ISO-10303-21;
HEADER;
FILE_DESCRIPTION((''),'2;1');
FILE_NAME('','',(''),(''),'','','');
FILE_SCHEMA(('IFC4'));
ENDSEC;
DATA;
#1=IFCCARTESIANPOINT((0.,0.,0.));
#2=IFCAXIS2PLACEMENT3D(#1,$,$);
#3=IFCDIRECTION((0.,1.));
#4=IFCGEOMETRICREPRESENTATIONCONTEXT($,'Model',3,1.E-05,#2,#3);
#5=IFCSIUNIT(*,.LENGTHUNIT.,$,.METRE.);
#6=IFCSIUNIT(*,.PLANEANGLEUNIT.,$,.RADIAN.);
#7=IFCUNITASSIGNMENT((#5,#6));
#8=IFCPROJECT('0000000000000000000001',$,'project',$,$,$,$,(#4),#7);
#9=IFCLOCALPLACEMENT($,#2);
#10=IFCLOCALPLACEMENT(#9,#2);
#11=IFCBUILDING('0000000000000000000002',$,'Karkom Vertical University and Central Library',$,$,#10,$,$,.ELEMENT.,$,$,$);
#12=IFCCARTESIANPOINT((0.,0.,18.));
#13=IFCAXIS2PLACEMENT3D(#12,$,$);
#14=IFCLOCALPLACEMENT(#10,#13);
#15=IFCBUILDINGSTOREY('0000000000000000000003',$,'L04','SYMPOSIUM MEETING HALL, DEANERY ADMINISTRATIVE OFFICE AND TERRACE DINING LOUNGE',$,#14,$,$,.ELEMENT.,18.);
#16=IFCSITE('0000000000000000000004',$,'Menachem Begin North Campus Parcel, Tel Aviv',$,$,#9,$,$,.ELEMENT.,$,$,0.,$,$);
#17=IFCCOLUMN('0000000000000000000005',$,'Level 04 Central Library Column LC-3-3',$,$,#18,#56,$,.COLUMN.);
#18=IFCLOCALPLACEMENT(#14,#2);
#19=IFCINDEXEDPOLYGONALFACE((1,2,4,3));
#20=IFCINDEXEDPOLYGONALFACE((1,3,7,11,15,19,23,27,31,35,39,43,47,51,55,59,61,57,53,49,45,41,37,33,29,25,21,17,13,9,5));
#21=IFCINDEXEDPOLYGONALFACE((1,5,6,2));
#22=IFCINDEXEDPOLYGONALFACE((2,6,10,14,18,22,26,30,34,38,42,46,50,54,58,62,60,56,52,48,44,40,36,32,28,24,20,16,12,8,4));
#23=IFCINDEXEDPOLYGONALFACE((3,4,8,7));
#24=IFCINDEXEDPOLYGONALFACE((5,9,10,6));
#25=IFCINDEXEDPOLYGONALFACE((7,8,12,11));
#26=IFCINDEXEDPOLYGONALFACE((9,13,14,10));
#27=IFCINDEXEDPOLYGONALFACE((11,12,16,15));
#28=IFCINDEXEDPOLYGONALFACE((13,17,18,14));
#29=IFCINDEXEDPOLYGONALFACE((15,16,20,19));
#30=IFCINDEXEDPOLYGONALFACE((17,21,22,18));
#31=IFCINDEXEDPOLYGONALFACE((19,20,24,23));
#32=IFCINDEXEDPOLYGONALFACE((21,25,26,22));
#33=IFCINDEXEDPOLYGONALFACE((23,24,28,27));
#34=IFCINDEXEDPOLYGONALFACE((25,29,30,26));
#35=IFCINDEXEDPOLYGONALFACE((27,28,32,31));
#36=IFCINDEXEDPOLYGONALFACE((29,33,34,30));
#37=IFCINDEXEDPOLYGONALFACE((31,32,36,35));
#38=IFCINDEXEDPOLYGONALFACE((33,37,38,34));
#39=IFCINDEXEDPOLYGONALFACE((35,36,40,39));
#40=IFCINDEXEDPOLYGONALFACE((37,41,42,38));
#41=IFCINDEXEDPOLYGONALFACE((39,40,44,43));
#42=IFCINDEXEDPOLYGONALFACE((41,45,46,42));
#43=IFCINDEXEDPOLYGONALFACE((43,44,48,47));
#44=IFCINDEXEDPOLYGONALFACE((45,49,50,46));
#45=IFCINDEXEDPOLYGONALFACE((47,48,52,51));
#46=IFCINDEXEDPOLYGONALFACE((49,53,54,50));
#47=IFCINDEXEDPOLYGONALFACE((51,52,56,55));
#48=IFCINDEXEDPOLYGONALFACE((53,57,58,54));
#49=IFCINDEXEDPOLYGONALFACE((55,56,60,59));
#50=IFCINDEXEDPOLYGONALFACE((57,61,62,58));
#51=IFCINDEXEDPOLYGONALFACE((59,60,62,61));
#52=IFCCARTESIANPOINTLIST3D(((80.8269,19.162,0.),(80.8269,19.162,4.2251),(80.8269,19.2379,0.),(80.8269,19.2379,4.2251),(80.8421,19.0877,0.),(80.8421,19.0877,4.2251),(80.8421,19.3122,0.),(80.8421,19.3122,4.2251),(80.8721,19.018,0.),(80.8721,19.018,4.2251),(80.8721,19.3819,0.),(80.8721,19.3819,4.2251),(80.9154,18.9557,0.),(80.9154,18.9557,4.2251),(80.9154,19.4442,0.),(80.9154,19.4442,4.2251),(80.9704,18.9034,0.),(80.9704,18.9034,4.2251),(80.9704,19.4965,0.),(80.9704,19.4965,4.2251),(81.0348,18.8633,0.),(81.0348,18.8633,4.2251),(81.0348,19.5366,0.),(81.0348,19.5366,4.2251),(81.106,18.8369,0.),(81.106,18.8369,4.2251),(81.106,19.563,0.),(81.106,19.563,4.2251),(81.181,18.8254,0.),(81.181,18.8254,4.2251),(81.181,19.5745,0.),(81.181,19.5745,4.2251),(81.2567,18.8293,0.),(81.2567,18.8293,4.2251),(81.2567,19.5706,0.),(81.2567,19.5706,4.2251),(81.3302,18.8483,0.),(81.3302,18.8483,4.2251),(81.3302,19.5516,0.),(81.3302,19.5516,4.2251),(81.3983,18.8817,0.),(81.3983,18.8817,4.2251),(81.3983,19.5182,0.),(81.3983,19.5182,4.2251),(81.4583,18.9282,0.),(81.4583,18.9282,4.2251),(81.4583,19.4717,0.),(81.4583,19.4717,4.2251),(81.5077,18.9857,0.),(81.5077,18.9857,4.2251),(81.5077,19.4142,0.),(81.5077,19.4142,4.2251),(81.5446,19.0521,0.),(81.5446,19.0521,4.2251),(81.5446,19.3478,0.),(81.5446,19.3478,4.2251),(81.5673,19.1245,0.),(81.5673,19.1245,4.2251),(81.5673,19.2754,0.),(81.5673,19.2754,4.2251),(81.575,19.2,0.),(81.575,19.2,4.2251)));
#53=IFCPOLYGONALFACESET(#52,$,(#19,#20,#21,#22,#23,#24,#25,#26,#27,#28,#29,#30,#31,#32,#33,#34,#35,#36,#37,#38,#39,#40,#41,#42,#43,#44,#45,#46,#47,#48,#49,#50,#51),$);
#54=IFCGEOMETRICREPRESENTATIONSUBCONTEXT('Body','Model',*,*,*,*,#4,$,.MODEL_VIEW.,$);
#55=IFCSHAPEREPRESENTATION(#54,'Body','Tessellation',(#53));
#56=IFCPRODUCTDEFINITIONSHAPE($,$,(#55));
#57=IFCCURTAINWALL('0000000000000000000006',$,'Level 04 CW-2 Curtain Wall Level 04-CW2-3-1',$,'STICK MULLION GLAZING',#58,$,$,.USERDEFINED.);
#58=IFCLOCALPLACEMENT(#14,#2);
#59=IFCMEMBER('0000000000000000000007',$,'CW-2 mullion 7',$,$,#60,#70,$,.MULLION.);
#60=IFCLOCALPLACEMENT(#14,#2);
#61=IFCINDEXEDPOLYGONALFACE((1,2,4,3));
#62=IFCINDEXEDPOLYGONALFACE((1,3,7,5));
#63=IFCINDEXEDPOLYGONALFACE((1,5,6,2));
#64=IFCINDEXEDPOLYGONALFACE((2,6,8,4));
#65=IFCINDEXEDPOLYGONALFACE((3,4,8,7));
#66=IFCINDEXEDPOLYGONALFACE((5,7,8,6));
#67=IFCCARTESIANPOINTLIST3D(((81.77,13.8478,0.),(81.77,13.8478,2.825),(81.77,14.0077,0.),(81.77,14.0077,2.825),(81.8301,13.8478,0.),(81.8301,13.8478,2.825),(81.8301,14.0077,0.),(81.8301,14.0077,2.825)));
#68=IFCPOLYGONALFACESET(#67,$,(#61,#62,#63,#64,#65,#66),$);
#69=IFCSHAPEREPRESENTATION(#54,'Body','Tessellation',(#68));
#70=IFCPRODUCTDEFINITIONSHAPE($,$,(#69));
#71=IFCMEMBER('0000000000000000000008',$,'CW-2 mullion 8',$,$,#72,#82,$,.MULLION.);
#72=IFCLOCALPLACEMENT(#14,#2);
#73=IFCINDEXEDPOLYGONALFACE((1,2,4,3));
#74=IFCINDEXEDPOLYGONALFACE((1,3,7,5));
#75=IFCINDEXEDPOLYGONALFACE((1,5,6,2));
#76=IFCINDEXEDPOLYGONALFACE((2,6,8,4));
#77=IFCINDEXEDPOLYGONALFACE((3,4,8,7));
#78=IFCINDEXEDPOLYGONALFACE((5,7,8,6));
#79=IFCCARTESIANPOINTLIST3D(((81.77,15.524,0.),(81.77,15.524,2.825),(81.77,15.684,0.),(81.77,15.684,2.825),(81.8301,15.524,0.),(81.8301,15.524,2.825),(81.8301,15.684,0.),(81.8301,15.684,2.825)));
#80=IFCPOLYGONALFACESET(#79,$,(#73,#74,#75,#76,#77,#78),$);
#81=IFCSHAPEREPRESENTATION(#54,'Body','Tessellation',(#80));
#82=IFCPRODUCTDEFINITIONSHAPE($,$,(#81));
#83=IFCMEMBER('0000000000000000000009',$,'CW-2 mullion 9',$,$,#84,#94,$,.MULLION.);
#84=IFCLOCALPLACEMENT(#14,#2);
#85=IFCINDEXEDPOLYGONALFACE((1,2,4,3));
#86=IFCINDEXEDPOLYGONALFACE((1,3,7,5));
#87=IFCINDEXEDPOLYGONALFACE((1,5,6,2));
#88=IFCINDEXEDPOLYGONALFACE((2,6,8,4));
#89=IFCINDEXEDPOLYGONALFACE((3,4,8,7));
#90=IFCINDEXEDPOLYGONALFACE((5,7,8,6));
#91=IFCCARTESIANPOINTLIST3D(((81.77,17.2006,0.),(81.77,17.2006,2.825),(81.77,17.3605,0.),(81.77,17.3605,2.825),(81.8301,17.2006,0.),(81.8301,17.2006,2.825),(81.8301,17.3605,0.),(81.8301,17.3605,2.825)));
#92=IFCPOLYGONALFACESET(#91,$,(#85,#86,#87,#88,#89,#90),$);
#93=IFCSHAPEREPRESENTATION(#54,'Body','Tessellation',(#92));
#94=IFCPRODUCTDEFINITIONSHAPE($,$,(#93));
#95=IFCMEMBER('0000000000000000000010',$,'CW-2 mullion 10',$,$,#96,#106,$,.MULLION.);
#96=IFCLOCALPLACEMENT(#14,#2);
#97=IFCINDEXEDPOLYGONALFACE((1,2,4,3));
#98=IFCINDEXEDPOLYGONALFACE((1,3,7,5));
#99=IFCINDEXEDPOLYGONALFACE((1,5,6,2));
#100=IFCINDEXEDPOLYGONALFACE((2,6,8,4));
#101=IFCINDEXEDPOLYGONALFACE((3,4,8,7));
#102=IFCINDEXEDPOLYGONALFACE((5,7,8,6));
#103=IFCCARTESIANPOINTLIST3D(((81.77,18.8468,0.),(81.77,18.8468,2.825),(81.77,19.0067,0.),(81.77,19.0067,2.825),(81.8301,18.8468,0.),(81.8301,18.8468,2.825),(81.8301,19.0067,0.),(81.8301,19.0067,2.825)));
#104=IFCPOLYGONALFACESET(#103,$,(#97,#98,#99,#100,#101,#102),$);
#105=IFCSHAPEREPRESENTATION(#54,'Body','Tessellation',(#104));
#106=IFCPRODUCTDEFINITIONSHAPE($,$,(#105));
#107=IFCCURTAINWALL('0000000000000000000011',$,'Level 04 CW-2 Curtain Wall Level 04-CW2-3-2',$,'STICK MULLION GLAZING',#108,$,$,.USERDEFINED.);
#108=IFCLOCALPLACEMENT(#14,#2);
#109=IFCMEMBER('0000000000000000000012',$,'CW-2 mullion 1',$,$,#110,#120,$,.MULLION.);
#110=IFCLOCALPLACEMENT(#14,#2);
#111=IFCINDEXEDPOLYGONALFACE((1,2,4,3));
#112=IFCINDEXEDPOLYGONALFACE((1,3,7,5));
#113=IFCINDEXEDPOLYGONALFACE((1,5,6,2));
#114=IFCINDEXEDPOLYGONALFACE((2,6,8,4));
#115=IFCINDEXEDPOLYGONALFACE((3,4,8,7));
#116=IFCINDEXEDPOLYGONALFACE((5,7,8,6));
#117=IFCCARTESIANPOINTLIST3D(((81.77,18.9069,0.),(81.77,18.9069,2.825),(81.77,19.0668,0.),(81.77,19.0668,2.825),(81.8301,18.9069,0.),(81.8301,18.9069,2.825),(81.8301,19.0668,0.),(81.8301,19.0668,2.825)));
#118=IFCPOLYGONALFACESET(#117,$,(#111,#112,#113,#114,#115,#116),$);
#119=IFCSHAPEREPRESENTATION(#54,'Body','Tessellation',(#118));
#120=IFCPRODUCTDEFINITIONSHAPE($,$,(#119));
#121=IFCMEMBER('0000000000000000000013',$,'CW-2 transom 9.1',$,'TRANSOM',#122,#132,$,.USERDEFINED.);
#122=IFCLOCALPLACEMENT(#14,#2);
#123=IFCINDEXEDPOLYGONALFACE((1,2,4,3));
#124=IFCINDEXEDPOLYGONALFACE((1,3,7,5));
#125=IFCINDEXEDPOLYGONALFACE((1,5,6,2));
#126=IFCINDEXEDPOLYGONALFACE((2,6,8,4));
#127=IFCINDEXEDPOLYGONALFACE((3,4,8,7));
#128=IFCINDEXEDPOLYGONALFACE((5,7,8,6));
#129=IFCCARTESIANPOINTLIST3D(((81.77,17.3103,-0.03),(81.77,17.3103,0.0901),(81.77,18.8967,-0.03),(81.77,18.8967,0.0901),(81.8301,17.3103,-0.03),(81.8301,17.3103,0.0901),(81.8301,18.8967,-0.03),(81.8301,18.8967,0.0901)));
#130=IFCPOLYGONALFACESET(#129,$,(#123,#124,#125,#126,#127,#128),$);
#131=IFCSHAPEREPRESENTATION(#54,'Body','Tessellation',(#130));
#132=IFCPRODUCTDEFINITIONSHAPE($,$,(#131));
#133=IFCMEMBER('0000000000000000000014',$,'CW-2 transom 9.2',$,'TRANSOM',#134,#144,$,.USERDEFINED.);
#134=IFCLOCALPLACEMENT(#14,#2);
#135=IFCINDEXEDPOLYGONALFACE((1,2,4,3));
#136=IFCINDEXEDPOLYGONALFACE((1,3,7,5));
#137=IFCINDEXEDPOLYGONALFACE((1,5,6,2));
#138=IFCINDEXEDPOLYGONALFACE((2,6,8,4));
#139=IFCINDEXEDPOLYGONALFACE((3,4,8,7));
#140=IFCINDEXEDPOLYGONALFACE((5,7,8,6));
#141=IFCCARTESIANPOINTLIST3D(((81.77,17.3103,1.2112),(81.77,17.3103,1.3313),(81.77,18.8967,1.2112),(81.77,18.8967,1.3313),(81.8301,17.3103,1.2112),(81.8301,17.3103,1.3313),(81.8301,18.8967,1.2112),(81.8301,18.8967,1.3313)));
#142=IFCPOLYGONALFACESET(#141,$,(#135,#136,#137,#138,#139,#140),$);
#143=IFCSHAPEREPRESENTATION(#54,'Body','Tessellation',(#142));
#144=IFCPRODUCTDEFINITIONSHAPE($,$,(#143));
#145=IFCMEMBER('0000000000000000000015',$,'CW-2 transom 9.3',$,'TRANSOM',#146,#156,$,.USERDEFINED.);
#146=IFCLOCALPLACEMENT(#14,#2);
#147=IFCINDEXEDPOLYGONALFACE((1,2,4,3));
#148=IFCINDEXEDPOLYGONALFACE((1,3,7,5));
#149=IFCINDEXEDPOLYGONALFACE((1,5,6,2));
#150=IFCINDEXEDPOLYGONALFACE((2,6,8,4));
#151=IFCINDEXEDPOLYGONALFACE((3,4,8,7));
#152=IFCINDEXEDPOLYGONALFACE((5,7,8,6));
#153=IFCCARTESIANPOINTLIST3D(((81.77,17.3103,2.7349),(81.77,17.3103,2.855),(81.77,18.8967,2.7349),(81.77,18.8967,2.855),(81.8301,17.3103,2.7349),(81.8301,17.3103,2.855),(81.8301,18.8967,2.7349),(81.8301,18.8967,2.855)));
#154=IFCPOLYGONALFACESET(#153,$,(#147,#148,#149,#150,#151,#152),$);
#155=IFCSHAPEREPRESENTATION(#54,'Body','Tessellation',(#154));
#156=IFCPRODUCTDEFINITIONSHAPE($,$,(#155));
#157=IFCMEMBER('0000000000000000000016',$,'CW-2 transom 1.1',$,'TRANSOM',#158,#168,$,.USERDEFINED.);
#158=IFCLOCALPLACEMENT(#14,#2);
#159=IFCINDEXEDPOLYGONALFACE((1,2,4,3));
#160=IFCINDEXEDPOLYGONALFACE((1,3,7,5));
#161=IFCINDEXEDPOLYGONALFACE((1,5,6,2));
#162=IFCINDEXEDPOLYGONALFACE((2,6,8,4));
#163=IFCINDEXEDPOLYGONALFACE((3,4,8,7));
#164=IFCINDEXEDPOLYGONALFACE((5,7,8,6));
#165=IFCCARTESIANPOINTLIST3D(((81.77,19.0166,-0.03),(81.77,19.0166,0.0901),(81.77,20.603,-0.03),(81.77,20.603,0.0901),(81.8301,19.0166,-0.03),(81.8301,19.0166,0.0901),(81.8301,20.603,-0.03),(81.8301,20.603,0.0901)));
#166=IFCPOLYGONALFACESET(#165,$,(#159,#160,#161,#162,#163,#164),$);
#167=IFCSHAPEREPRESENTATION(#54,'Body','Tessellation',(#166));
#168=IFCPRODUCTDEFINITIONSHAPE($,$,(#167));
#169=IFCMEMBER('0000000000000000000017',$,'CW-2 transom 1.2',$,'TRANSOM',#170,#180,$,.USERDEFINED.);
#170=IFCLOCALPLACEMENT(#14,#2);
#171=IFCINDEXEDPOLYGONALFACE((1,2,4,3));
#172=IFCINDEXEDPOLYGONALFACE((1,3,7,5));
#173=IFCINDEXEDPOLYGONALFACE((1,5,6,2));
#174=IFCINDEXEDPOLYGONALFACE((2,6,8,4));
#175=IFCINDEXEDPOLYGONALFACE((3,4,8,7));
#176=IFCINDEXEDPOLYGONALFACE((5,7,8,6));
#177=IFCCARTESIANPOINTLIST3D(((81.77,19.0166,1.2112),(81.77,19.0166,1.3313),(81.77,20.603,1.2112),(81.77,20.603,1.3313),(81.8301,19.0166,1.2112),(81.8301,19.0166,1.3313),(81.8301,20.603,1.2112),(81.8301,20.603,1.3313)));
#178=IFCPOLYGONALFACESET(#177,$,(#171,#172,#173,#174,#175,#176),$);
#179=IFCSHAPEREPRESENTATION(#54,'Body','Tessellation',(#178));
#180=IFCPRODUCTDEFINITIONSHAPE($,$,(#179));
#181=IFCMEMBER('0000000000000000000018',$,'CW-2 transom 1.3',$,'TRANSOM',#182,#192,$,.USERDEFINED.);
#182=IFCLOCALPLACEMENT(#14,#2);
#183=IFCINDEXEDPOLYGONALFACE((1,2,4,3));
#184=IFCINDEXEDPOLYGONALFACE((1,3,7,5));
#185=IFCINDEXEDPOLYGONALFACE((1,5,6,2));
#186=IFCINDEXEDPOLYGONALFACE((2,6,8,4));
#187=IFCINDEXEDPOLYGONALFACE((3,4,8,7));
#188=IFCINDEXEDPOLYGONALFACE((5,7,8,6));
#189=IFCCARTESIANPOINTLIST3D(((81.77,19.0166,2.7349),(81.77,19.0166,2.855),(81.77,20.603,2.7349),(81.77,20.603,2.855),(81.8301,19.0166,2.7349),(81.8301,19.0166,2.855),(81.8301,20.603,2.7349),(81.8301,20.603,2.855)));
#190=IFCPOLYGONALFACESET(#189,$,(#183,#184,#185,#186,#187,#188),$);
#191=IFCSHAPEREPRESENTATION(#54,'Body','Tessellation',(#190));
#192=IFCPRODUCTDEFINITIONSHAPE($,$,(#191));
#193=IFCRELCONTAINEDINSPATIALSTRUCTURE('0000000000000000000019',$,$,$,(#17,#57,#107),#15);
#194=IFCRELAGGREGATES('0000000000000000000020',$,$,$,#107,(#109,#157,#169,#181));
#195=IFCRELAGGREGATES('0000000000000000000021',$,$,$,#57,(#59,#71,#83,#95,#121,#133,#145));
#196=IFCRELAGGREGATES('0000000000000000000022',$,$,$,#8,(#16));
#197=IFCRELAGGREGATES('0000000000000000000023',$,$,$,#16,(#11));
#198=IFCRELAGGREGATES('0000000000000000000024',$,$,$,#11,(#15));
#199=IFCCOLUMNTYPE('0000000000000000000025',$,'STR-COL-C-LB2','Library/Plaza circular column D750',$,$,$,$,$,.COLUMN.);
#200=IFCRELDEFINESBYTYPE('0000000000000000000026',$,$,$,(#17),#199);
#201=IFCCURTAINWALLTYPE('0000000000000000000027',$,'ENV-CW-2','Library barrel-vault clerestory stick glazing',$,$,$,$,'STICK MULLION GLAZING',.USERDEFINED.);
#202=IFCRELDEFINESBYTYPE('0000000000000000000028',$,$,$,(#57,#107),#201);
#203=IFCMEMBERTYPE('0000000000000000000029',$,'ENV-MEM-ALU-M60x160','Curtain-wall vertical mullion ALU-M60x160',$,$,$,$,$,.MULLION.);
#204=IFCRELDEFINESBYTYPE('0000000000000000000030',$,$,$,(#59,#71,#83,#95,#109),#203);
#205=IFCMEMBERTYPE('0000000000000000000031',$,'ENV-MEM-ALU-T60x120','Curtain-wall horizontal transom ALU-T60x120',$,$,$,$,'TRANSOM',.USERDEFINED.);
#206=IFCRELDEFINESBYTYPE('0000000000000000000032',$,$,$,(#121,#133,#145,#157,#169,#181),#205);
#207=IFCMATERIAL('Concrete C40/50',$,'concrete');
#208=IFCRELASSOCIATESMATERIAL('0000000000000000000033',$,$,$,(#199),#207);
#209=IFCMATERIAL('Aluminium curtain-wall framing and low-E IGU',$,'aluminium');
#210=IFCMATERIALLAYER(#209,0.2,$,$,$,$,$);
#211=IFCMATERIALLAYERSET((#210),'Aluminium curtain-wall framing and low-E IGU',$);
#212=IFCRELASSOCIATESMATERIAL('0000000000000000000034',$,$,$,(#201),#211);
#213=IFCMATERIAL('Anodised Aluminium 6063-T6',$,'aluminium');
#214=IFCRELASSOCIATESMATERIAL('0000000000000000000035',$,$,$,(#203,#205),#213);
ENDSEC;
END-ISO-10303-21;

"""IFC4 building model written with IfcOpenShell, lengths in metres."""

from ifc_helpers import new_model, si_unit, direction, frame, origin, origin_with_axes, origin_2d, place, context, subcontext, project, spatial, rectangle, circle, extrude, source, transform, mapped, material, layer, layer_set, material_profile, profile_set, type_object, element, aggregate, save


model = new_model("IFC4")

# Units and contexts
model_context = context("Model", 3, precision=1e-05, world=origin(), true_north=direction((0.0, 1.0)))
body_context = subcontext(model_context, "Body", "Model", "MODEL_VIEW")
ifc_project = project(units=[si_unit("LENGTHUNIT", "METRE"), si_unit("PLANEANGLEUNIT", "RADIAN")], contexts=[model_context])

# Site, building, storey
site_placement = place(None, origin())
site = spatial("IfcSite", under=ifc_project, at=site_placement, Name="Menachem Begin North Campus Parcel, Tel Aviv", CompositionType="ELEMENT", RefElevation=0.0)
building_placement = place(site_placement, origin())
building = spatial("IfcBuilding", under=site, at=building_placement, Name="Karkom Vertical University and Central Library", CompositionType="ELEMENT")
storey_placement = place(building_placement, frame((0.0, 0.0, 18.0)))
storey = spatial("IfcBuildingStorey", under=building, at=storey_placement, Name="L04", Description="SYMPOSIUM MEETING HALL, DEANERY ADMINISTRATIVE OFFICE AND TERRACE DINING LOUNGE", CompositionType="ELEMENT", Elevation=18.0)

# Column
ifc_material_1 = material(Name="Concrete C40/50", Category="concrete")
ifc_material_profile_1 = material_profile(ifc_material_1, circle(Radius=0.375, at=origin_2d()), Name="RC-D750")
ifc_profile_set_1 = profile_set([ifc_material_profile_1], Name="Concrete C40/50")
column_type = type_object("IfcColumnType", Name="STR-COL-C-LB2", Description="Library/Plaza circular column D750", PredefinedType="COLUMN", material=ifc_profile_set_1)
shared_shape_1 = source(origin_with_axes(), body_context, "Body", "SweptSolid", [
    extrude(circle(Radius=0.375, at=origin_2d()), origin(), (0.0, 0.0, 1.0), 4.2251),
])
column_placement = place(storey_placement, frame((81.2, 19.2, 0.0), z_axis=(0.0, 0.0, 1.0), x_axis=(1.0, 0.0, 0.0)))
element("IfcColumn", 1, at=column_placement, inside=storey, type_object=column_type, Name="Level 04 Central Library Column LC-3-3", PredefinedType="COLUMN", context=body_context, shape_type="MappedRepresentation", body=[
    mapped(shared_shape_1, transform((0.0, 0.0, 0.0), scale=1.0)),
])

# Curtain wall, members
ifc_material_2 = material(Name="Aluminium curtain-wall framing and low-E IGU", Category="aluminium")
ifc_layer_1 = layer(ifc_material_2, 0.2)
ifc_layer_set_1 = layer_set([ifc_layer_1], Name="Aluminium curtain-wall framing and low-E IGU")
curtain_wall_type = type_object("IfcCurtainWallType", Name="ENV-CW-2", Description="Library barrel-vault clerestory stick glazing", ElementType="STICK MULLION GLAZING", PredefinedType="USERDEFINED", material=ifc_layer_set_1)
curtain_wall_1_placement = place(storey_placement, origin())
curtain_wall_1 = element("IfcCurtainWall", 2, at=curtain_wall_1_placement, inside=storey, type_object=curtain_wall_type, Name="Level 04 CW-2 Curtain Wall Level 04-CW2-3-1", ObjectType="STICK MULLION GLAZING", PredefinedType="USERDEFINED")
ifc_material_3 = material(Name="Anodised Aluminium 6063-T6", Category="aluminium")
ifc_material_profile_2 = material_profile(ifc_material_3, rectangle(XDim=0.0601, YDim=0.1599, at=origin_2d()), Name="ALU-M60x160")
ifc_profile_set_2 = profile_set([ifc_material_profile_2], Name="Anodised Aluminium 6063-T6")
member_type_1 = type_object("IfcMemberType", Name="ENV-MEM-ALU-M60x160", Description="Curtain-wall vertical mullion ALU-M60x160", PredefinedType="MULLION", material=ifc_profile_set_2)
shared_shape_2 = source(origin_with_axes(), body_context, "Body", "SweptSolid", [
    extrude(rectangle(XDim=0.0601, YDim=0.1599, at=origin_2d()), origin(), (0.0, 0.0, 1.0), 2.825),
])
member_1_placement = place(storey_placement, frame((81.8, 13.9277, 0.0), z_axis=(0.0, 0.0, 1.0), x_axis=(-1.0, 0.0, 0.0)))
member_1 = element("IfcMember", 3, at=member_1_placement, type_object=member_type_1, Name="CW-2 mullion 7", PredefinedType="MULLION", context=body_context, shape_type="MappedRepresentation", body=[
    mapped(shared_shape_2, transform((0.0, 0.0, 0.0), scale=1.0)),
])
member_2_placement = place(storey_placement, frame((81.8, 15.604, 0.0), z_axis=(0.0, 0.0, 1.0), x_axis=(-1.0, 0.0, 0.0)))
member_2 = element("IfcMember", 4, at=member_2_placement, type_object=member_type_1, Name="CW-2 mullion 8", PredefinedType="MULLION", context=body_context, shape_type="MappedRepresentation", body=[
    mapped(shared_shape_2, transform((0.0, 0.0, 0.0), scale=1.0)),
])
member_3_placement = place(storey_placement, frame((81.8, 17.2805, 0.0), z_axis=(0.0, 0.0, 1.0), x_axis=(-1.0, 0.0, 0.0)))
member_3 = element("IfcMember", 5, at=member_3_placement, type_object=member_type_1, Name="CW-2 mullion 9", PredefinedType="MULLION", context=body_context, shape_type="MappedRepresentation", body=[
    mapped(shared_shape_2, transform((0.0, 0.0, 0.0), scale=1.0)),
])
member_4_placement = place(storey_placement, frame((81.8, 18.9268, 0.0), z_axis=(0.0, 0.0, 1.0), x_axis=(-1.0, 0.0, 0.0)))
member_4 = element("IfcMember", 6, at=member_4_placement, type_object=member_type_1, Name="CW-2 mullion 10", PredefinedType="MULLION", context=body_context, shape_type="MappedRepresentation", body=[
    mapped(shared_shape_2, transform((0.0, 0.0, 0.0), scale=1.0)),
])

# Curtain wall, member
curtain_wall_2_placement = place(storey_placement, origin())
curtain_wall_2 = element("IfcCurtainWall", 7, at=curtain_wall_2_placement, inside=storey, type_object=curtain_wall_type, Name="Level 04 CW-2 Curtain Wall Level 04-CW2-3-2", ObjectType="STICK MULLION GLAZING", PredefinedType="USERDEFINED")
member_5_placement = place(storey_placement, frame((81.8, 18.9868, 0.0), z_axis=(0.0, 0.0, 1.0), x_axis=(-1.0, 0.0, 0.0)))
member_5 = element("IfcMember", 8, at=member_5_placement, type_object=member_type_1, Name="CW-2 mullion 1", PredefinedType="MULLION", context=body_context, shape_type="MappedRepresentation", body=[
    mapped(shared_shape_2, transform((0.0, 0.0, 0.0), scale=1.0)),
])

# Members
ifc_material_profile_3 = material_profile(ifc_material_3, rectangle(XDim=0.0601, YDim=0.1201, at=origin_2d()), Name="ALU-T60x120")
ifc_profile_set_3 = profile_set([ifc_material_profile_3], Name="Anodised Aluminium 6063-T6")
member_type_2 = type_object("IfcMemberType", Name="ENV-MEM-ALU-T60x120", Description="Curtain-wall horizontal transom ALU-T60x120", ElementType="TRANSOM", PredefinedType="USERDEFINED", material=ifc_profile_set_3)
shared_shape_3 = source(origin_with_axes(), body_context, "Body", "SweptSolid", [
    extrude(rectangle(XDim=0.0601, YDim=0.1201, at=origin_2d()), origin(), (0.0, 0.0, 1.0), 1.5864),
])
member_6_placement = place(storey_placement, frame((81.8, 17.3103, 0.03), z_axis=(0.0, 1.0, 0.0), x_axis=(-1.0, 0.0, 0.0)))
member_6 = element("IfcMember", 9, at=member_6_placement, type_object=member_type_2, Name="CW-2 transom 9.1", ObjectType="TRANSOM", PredefinedType="USERDEFINED", context=body_context, shape_type="MappedRepresentation", body=[
    mapped(shared_shape_3, transform((0.0, 0.0, 0.0), scale=1.0)),
])
member_7_placement = place(storey_placement, frame((81.8, 17.3103, 1.2712), z_axis=(0.0, 1.0, 0.0), x_axis=(-1.0, 0.0, 0.0)))
member_7 = element("IfcMember", 10, at=member_7_placement, type_object=member_type_2, Name="CW-2 transom 9.2", ObjectType="TRANSOM", PredefinedType="USERDEFINED", context=body_context, shape_type="MappedRepresentation", body=[
    mapped(shared_shape_3, transform((0.0, 0.0, 0.0), scale=1.0)),
])
member_8_placement = place(storey_placement, frame((81.8, 17.3103, 2.7949), z_axis=(0.0, 1.0, 0.0), x_axis=(-1.0, 0.0, 0.0)))
member_8 = element("IfcMember", 11, at=member_8_placement, type_object=member_type_2, Name="CW-2 transom 9.3", ObjectType="TRANSOM", PredefinedType="USERDEFINED", context=body_context, shape_type="MappedRepresentation", body=[
    mapped(shared_shape_3, transform((0.0, 0.0, 0.0), scale=1.0)),
])
member_9_placement = place(storey_placement, frame((81.8, 19.0166, 0.03), z_axis=(0.0, 1.0, 0.0), x_axis=(-1.0, 0.0, 0.0)))
member_9 = element("IfcMember", 12, at=member_9_placement, type_object=member_type_2, Name="CW-2 transom 1.1", ObjectType="TRANSOM", PredefinedType="USERDEFINED", context=body_context, shape_type="MappedRepresentation", body=[
    mapped(shared_shape_3, transform((0.0, 0.0, 0.0), scale=1.0)),
])
member_10_placement = place(storey_placement, frame((81.8, 19.0166, 1.2712), z_axis=(0.0, 1.0, 0.0), x_axis=(-1.0, 0.0, 0.0)))
member_10 = element("IfcMember", 13, at=member_10_placement, type_object=member_type_2, Name="CW-2 transom 1.2", ObjectType="TRANSOM", PredefinedType="USERDEFINED", context=body_context, shape_type="MappedRepresentation", body=[
    mapped(shared_shape_3, transform((0.0, 0.0, 0.0), scale=1.0)),
])
member_11_placement = place(storey_placement, frame((81.8, 19.0166, 2.7949), z_axis=(0.0, 1.0, 0.0), x_axis=(-1.0, 0.0, 0.0)))
member_11 = element("IfcMember", 14, at=member_11_placement, type_object=member_type_2, Name="CW-2 transom 1.3", ObjectType="TRANSOM", PredefinedType="USERDEFINED", context=body_context, shape_type="MappedRepresentation", body=[
    mapped(shared_shape_3, transform((0.0, 0.0, 0.0), scale=1.0)),
])
aggregate(curtain_wall_2, [member_5, member_9, member_10, member_11])

aggregate(curtain_wall_1, [member_1, member_2, member_3, member_4, member_6, member_7, member_8])

save(model, "model.ifc")
